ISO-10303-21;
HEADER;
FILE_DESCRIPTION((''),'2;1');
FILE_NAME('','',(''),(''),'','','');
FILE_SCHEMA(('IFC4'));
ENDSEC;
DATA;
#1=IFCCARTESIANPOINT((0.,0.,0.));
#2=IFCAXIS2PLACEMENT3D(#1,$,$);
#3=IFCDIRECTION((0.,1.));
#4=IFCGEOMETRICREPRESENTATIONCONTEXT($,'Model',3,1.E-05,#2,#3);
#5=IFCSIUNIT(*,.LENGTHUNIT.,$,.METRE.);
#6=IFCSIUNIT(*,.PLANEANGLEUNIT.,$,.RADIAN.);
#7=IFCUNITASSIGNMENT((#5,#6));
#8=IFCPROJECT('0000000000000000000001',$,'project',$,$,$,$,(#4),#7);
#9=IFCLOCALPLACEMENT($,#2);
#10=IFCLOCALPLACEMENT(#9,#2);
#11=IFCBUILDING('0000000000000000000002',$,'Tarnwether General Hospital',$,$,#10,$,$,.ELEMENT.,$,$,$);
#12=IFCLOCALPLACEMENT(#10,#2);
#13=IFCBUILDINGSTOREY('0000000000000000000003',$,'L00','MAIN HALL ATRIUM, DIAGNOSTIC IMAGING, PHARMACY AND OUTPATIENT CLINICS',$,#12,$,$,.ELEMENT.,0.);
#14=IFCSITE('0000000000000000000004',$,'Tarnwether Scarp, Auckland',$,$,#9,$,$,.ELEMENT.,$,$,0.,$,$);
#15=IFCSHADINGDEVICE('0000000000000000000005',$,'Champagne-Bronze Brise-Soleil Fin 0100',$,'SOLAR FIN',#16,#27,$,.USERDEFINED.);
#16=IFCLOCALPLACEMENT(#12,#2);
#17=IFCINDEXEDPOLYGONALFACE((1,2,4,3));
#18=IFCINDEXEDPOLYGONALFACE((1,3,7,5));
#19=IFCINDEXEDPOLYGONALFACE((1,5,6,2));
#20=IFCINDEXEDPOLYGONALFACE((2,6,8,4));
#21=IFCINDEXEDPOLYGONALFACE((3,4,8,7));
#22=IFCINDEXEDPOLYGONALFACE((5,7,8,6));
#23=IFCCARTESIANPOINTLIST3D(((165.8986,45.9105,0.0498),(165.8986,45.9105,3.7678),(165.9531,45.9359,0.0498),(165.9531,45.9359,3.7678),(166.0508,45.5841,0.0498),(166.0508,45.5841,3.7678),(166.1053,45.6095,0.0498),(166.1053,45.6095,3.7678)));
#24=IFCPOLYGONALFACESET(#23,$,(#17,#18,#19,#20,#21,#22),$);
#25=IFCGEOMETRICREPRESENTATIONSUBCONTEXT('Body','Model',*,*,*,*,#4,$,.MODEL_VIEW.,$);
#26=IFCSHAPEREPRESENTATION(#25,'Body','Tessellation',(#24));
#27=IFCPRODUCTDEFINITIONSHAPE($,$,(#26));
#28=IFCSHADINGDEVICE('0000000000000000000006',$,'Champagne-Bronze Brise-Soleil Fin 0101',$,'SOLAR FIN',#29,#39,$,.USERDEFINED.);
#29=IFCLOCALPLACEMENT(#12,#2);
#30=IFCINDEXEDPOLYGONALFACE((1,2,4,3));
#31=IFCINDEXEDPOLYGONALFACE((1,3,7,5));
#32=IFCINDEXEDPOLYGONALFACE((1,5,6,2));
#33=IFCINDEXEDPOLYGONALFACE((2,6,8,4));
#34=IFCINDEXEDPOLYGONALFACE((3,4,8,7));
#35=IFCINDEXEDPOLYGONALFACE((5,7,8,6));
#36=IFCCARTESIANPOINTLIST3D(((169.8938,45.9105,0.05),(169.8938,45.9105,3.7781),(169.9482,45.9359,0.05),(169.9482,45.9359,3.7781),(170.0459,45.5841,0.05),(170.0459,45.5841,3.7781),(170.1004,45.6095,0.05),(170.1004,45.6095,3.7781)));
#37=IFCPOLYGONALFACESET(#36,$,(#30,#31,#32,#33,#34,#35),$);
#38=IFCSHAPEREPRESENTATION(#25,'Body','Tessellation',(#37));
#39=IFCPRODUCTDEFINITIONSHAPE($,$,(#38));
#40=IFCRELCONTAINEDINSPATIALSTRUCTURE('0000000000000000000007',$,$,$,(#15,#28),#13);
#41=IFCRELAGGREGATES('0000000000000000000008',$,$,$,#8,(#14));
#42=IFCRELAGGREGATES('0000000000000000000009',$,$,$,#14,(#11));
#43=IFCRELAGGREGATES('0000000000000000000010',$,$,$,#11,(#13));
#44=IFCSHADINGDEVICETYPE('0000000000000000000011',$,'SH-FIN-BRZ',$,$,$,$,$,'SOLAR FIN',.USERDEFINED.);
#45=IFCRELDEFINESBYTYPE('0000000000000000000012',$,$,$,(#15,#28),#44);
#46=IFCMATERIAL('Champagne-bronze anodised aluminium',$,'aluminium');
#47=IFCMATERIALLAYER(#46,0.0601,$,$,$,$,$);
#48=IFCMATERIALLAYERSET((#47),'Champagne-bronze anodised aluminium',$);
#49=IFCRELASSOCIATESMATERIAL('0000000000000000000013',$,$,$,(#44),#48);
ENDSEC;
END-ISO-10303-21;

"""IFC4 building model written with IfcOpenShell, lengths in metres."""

from ifc_helpers import new_model, si_unit, direction, frame, origin, origin_2d, place, context, subcontext, project, spatial, rectangle, extrude, material, layer, layer_set, type_object, element, save


model = new_model("IFC4")

# Units and contexts
model_context = context("Model", 3, precision=1e-05, world=origin(), true_north=direction((0.0, 1.0)))
body_context = subcontext(model_context, "Body", "Model", "MODEL_VIEW")
ifc_project = project(units=[si_unit("LENGTHUNIT", "METRE"), si_unit("PLANEANGLEUNIT", "RADIAN")], contexts=[model_context])

# Site, building, storey
site_placement = place(None, origin())
site = spatial("IfcSite", under=ifc_project, at=site_placement, Name="Tarnwether Scarp, Auckland", CompositionType="ELEMENT", RefElevation=0.0)
building_placement = place(site_placement, origin())
building = spatial("IfcBuilding", under=site, at=building_placement, Name="Tarnwether General Hospital", CompositionType="ELEMENT")
storey_placement = place(building_placement, origin())
storey = spatial("IfcBuildingStorey", under=building, at=storey_placement, Name="L00", Description="MAIN HALL ATRIUM, DIAGNOSTIC IMAGING, PHARMACY AND OUTPATIENT CLINICS", CompositionType="ELEMENT", Elevation=0.0)

# Shading devices
ifc_material_1 = material(Name="Champagne-bronze anodised aluminium", Category="aluminium")
ifc_layer_1 = layer(ifc_material_1, 0.0601)
ifc_layer_set_1 = layer_set([ifc_layer_1], Name="Champagne-bronze anodised aluminium")
shading_device_type = type_object("IfcShadingDeviceType", Name="SH-FIN-BRZ", ElementType="SOLAR FIN", PredefinedType="USERDEFINED", material=ifc_layer_set_1)
for number, where, z_axis, x_axis, name in (
    (1, (166.002, 45.76, 0.0498), (0.0, 0.0, 1.0), (0.906308, 0.422618, 0.0), "Champagne-Bronze Brise-Soleil Fin 0100"),
):
    element("IfcShadingDevice", number, at=place(storey_placement, frame(where, z_axis=z_axis, x_axis=x_axis)), inside=storey, type_object=shading_device_type, Name=name, ObjectType="SOLAR FIN", PredefinedType="USERDEFINED", context=body_context, shape_type="SweptSolid", body=[
        extrude(rectangle(XDim=0.0601, YDim=0.3601, at=origin_2d()), origin(), (0.0, 0.0, 1.0), 3.718),
    ])
shading_device_placement = place(storey_placement, frame((169.9971, 45.76, 0.05), z_axis=(0.0, 0.0, 1.0), x_axis=(0.906308, 0.422618, 0.0)))
element("IfcShadingDevice", 2, at=shading_device_placement, inside=storey, type_object=shading_device_type, Name="Champagne-Bronze Brise-Soleil Fin 0101", ObjectType="SOLAR FIN", PredefinedType="USERDEFINED", context=body_context, shape_type="SweptSolid", body=[
    extrude(rectangle(XDim=0.0601, YDim=0.3601, at=origin_2d()), origin(), (0.0, 0.0, 1.0), 3.728),
])

save(model, "model.ifc")
